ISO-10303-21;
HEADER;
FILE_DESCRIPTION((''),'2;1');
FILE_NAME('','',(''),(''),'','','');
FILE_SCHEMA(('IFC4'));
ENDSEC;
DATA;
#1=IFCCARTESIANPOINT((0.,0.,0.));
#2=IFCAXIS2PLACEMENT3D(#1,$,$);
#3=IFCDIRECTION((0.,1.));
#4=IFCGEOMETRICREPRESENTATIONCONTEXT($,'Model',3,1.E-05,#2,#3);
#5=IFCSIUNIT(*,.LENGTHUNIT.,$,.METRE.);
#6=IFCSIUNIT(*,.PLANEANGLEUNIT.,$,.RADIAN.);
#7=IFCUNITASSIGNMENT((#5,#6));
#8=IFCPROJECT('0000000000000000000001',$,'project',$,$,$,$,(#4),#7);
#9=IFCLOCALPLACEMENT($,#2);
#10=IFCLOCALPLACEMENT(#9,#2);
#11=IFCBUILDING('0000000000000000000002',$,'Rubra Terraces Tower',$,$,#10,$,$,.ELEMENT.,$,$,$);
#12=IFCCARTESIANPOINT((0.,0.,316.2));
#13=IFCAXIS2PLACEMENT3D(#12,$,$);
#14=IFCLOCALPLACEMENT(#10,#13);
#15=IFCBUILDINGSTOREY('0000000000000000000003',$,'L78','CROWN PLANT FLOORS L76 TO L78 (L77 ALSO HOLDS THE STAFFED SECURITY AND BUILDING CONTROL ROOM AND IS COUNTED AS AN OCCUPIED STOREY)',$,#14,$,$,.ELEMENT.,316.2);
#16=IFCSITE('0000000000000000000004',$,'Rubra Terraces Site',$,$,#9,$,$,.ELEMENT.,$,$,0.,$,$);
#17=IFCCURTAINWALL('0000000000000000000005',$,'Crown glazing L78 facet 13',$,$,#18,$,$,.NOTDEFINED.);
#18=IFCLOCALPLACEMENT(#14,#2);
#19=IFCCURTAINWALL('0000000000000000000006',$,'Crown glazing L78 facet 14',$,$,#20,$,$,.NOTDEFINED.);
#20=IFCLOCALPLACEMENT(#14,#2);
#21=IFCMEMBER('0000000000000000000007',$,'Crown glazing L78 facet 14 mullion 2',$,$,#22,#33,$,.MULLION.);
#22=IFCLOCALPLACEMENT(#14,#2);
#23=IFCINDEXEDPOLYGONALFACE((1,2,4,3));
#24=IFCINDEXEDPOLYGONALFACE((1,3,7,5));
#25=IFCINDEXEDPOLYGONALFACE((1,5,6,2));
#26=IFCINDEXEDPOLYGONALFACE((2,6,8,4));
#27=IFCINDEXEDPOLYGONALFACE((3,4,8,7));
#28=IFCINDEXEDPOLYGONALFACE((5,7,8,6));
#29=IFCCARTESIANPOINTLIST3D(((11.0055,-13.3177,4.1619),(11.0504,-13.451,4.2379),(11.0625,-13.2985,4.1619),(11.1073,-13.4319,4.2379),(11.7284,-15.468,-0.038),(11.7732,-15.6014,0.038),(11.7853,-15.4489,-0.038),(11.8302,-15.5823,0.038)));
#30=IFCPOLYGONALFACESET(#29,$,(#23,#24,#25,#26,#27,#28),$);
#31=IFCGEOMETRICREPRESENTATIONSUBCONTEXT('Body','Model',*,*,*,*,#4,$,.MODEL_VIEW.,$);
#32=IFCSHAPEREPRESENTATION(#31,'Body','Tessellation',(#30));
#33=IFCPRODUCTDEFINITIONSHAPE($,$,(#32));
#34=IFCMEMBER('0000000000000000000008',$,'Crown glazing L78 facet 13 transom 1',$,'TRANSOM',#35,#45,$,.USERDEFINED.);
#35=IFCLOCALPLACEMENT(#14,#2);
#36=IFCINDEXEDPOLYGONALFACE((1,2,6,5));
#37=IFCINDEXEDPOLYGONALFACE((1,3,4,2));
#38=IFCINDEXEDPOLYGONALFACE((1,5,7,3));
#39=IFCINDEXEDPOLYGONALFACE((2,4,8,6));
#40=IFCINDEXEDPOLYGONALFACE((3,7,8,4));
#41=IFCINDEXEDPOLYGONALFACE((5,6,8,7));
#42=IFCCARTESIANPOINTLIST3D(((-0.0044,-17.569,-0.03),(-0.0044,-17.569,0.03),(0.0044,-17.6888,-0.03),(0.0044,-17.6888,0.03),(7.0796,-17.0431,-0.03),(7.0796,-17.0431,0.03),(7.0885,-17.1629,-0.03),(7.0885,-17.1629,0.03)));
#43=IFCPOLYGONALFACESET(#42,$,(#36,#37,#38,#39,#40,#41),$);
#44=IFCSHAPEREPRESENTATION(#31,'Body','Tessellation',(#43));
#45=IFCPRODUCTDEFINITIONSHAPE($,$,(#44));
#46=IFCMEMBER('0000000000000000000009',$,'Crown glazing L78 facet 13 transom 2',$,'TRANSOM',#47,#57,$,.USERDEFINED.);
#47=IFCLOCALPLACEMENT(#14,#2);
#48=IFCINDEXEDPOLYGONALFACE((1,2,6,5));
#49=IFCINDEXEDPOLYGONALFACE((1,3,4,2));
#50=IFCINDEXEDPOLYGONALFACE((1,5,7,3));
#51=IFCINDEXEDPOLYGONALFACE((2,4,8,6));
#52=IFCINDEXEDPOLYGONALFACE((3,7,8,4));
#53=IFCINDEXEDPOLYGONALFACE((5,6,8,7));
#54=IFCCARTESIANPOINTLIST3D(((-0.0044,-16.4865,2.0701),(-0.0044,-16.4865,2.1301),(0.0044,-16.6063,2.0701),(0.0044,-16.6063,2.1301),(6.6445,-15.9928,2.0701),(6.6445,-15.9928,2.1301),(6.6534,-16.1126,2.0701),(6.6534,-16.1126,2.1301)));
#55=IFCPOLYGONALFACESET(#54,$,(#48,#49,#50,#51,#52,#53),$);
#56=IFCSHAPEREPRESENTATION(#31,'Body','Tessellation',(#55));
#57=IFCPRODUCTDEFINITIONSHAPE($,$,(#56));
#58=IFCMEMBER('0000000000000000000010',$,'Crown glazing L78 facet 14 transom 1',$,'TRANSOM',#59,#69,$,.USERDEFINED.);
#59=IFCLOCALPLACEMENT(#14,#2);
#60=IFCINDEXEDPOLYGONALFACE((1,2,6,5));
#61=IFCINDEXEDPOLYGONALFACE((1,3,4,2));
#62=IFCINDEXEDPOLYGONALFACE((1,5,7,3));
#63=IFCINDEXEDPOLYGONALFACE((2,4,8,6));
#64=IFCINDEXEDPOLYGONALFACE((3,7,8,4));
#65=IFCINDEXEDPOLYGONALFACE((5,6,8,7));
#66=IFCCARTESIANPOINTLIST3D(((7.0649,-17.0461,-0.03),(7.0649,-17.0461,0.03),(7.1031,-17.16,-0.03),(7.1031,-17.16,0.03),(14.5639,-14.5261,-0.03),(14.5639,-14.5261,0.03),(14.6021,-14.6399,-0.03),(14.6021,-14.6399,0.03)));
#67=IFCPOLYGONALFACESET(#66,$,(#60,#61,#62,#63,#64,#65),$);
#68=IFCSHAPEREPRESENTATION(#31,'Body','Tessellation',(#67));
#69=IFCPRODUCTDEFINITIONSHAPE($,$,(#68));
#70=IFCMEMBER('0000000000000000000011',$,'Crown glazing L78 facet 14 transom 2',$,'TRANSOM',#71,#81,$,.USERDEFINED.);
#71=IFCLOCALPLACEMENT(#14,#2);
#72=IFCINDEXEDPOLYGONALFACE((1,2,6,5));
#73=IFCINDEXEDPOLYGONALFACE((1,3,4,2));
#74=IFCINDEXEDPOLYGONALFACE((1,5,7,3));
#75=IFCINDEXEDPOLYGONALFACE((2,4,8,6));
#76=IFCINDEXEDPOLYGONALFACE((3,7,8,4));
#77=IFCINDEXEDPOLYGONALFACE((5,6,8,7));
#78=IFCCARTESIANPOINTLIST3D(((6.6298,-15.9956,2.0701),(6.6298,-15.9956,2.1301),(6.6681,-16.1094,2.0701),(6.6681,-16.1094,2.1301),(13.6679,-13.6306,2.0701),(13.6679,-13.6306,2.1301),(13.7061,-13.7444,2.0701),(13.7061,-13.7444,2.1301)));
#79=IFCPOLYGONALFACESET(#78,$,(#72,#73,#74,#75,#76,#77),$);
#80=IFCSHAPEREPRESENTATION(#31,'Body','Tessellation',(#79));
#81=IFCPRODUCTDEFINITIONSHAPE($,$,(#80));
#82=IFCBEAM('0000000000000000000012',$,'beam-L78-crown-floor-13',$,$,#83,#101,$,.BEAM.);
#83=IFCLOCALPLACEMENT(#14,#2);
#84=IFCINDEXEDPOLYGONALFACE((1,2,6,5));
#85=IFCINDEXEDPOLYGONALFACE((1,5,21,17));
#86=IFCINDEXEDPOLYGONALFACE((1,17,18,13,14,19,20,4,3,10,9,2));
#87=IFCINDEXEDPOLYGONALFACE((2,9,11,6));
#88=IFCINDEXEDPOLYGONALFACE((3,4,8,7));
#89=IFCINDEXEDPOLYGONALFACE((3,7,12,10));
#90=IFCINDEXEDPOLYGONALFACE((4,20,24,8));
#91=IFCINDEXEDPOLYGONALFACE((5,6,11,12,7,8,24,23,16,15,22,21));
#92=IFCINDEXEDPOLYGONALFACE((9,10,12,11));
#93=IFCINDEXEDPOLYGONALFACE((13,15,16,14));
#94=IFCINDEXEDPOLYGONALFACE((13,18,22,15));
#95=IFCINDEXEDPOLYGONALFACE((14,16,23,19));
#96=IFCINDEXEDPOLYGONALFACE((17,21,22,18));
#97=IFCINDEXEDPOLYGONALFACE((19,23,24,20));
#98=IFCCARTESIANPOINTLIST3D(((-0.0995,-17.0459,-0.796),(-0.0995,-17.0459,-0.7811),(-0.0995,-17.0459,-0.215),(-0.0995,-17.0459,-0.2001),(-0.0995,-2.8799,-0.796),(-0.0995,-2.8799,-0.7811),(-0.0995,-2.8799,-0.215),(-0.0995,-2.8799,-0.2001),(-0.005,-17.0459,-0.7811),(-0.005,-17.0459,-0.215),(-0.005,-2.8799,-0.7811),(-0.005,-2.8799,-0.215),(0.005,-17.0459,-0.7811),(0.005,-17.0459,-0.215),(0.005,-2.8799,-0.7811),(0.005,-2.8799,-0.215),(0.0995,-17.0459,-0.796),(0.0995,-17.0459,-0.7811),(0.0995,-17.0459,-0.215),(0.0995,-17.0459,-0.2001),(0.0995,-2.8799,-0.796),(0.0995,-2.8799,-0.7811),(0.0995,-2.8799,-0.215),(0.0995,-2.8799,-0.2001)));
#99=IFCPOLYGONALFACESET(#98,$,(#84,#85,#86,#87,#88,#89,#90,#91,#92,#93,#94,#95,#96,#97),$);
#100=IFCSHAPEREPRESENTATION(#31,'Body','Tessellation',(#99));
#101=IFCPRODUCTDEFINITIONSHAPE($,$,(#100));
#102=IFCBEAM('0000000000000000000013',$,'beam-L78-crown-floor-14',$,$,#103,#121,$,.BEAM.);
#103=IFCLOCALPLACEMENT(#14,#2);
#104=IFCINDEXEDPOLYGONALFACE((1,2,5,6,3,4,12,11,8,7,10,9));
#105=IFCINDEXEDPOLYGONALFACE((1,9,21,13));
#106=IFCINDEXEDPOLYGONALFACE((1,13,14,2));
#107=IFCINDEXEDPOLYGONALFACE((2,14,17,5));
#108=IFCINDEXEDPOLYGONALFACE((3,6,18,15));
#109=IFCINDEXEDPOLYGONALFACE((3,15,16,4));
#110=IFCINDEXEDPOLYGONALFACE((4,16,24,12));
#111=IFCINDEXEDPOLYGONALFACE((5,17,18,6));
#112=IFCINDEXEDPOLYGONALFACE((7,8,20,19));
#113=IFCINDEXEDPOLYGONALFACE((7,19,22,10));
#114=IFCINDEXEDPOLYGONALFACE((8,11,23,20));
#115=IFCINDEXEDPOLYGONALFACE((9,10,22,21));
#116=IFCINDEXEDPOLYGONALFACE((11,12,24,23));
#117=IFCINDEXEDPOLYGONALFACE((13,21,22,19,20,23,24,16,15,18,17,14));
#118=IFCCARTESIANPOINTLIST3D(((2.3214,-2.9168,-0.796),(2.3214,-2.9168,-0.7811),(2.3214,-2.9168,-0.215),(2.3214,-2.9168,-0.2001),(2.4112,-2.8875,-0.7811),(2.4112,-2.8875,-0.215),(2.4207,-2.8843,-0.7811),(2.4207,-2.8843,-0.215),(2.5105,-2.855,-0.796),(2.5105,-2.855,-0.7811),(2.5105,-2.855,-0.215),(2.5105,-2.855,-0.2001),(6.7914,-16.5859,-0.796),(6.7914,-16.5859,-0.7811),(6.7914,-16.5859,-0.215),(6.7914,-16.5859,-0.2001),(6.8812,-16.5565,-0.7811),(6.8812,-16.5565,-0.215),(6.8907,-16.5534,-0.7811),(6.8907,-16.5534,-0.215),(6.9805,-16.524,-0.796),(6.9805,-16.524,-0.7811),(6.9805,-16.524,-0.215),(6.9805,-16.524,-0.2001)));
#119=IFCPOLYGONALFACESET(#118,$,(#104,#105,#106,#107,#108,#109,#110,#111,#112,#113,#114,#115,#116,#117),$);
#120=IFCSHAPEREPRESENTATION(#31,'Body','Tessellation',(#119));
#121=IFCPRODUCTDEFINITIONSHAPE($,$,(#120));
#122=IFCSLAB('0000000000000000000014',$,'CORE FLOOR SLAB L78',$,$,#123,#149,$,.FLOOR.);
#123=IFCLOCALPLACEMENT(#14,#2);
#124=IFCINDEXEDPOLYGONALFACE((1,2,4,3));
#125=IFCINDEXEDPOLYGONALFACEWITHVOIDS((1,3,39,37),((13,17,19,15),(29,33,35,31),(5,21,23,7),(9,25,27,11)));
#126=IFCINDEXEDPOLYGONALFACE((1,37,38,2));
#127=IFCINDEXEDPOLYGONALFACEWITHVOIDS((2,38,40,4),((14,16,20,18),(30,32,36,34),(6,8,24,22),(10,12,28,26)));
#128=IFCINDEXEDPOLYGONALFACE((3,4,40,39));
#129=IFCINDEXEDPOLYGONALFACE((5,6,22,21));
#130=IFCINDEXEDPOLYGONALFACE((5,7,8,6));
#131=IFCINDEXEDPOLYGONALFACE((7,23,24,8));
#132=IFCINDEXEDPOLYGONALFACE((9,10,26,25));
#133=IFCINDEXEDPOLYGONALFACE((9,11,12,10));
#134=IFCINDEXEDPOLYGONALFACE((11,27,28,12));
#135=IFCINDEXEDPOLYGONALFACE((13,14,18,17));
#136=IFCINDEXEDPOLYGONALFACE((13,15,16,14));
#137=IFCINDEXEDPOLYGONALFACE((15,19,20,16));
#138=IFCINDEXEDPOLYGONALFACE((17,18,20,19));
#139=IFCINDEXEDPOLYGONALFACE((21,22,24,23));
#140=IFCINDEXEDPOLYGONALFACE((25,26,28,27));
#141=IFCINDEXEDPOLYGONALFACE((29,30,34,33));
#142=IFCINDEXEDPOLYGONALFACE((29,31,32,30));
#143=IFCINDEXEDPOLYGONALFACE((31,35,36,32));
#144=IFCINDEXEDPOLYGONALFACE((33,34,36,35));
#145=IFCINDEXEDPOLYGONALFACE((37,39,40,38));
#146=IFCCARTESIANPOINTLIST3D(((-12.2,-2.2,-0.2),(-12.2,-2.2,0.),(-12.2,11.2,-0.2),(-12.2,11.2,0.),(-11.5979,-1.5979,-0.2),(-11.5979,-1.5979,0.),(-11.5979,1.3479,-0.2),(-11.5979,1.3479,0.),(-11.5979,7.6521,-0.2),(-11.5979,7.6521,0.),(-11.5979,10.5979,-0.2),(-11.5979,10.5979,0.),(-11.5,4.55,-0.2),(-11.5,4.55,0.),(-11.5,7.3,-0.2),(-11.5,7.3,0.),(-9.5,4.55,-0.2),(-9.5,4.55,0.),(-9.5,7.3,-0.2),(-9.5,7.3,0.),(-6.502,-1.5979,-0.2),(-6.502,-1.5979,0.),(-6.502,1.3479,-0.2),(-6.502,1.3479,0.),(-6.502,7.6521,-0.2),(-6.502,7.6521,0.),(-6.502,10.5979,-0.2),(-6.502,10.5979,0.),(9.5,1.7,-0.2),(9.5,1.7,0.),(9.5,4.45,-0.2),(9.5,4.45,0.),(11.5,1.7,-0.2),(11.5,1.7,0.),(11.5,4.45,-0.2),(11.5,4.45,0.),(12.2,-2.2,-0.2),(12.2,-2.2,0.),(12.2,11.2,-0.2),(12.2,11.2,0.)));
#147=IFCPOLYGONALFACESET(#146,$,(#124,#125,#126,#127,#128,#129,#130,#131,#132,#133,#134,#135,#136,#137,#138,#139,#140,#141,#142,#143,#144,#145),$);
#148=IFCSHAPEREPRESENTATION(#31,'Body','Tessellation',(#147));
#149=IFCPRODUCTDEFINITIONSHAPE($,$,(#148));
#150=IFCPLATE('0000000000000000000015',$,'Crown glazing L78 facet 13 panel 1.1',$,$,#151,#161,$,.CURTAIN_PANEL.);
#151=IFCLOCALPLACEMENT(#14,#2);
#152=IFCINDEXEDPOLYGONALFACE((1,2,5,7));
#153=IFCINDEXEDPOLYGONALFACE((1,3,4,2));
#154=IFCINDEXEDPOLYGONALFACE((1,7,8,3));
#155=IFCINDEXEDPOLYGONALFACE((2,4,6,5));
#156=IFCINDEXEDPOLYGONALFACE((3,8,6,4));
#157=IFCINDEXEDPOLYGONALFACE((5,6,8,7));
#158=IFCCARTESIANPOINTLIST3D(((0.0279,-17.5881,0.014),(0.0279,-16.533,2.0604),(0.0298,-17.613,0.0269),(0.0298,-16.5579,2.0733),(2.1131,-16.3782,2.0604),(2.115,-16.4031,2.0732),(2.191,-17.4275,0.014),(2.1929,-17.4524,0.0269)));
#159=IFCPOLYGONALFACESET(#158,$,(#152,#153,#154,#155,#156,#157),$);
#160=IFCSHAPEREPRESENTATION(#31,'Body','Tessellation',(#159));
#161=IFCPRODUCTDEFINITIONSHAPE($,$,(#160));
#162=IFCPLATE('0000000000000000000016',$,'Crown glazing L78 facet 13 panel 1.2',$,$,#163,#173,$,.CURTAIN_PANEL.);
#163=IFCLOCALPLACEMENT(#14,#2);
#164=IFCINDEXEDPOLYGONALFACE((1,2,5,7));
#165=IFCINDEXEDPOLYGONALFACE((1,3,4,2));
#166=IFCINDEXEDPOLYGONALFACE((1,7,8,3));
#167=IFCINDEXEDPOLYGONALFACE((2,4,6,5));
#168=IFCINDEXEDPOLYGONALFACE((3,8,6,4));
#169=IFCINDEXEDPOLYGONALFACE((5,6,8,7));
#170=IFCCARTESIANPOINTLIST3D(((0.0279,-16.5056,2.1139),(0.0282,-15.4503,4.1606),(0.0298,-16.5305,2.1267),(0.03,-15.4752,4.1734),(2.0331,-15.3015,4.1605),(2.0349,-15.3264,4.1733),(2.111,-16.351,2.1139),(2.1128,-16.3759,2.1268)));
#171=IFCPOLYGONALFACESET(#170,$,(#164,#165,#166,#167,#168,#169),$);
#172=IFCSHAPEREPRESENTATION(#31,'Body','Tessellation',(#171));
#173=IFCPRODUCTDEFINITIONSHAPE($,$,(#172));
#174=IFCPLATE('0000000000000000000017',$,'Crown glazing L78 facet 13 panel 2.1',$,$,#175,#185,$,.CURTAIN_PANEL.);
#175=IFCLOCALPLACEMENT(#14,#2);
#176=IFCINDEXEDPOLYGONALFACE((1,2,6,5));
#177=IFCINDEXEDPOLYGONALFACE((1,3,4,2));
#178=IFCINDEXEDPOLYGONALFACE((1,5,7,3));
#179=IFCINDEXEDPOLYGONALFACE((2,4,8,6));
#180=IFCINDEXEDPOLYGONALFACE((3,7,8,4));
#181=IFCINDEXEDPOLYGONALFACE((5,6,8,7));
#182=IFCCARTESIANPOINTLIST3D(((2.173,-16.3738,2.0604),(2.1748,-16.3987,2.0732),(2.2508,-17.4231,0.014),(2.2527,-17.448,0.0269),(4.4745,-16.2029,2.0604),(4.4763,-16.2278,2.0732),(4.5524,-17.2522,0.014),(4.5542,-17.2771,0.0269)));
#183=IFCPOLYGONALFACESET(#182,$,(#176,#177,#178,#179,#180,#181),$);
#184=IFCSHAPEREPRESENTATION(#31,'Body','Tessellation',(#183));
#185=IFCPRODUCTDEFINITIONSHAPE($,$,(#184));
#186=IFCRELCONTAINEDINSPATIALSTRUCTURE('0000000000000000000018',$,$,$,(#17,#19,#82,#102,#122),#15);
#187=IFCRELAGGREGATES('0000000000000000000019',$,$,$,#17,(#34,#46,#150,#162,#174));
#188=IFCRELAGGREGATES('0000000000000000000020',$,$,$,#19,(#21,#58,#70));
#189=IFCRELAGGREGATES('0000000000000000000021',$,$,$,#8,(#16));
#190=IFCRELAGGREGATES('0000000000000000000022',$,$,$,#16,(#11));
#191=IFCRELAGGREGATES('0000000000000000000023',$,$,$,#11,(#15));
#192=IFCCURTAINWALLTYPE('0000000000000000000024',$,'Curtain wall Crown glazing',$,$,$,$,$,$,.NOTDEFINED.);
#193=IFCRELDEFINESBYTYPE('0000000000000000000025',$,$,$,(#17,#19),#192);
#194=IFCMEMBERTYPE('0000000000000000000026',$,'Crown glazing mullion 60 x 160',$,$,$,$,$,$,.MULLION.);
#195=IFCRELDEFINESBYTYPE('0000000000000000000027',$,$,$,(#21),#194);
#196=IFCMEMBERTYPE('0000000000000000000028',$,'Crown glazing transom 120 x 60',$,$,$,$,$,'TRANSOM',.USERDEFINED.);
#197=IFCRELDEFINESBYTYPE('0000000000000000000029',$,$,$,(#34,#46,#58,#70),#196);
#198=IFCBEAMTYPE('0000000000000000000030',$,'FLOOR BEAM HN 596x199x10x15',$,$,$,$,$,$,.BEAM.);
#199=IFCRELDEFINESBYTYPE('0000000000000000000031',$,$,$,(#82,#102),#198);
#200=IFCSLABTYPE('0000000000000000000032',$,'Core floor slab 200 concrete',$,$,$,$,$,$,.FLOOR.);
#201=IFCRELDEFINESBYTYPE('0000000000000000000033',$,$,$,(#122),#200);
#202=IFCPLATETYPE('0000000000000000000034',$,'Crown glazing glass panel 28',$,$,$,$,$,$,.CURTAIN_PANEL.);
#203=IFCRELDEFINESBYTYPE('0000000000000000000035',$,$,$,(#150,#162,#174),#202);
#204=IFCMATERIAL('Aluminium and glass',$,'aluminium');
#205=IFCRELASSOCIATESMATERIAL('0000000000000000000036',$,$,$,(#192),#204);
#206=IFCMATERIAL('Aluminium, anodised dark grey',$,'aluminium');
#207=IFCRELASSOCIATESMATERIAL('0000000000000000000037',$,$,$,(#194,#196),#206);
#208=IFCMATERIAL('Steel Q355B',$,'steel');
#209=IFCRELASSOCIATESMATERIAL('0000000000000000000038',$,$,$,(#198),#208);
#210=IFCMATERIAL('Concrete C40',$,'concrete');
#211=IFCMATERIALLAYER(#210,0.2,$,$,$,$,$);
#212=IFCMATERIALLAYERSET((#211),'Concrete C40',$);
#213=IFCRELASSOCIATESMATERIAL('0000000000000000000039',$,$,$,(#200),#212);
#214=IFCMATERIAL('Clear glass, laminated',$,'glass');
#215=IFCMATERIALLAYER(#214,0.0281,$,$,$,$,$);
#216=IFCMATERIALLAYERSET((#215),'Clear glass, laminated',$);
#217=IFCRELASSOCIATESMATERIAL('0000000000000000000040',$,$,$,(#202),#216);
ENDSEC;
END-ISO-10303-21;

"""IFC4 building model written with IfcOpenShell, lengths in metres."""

from ifc_helpers import new_model, si_unit, direction, frame, origin, origin_2d, place, context, subcontext, project, spatial, polyline, rectangle, i_section, outline, extrude, material, layer, layer_set, material_profile, profile_set, type_object, element, aggregate, save


model = new_model("IFC4")

# Units and contexts
model_context = context("Model", 3, precision=1e-05, world=origin(), true_north=direction((0.0, 1.0)))
body_context = subcontext(model_context, "Body", "Model", "MODEL_VIEW")
ifc_project = project(units=[si_unit("LENGTHUNIT", "METRE"), si_unit("PLANEANGLEUNIT", "RADIAN")], contexts=[model_context])

# Site, building, storey
site_placement = place(None, origin())
site = spatial("IfcSite", under=ifc_project, at=site_placement, Name="Rubra Terraces Site", CompositionType="ELEMENT", RefElevation=0.0)
building_placement = place(site_placement, origin())
building = spatial("IfcBuilding", under=site, at=building_placement, Name="Rubra Terraces Tower", CompositionType="ELEMENT")
storey_placement = place(building_placement, frame((0.0, 0.0, 316.2)))
storey = spatial("IfcBuildingStorey", under=building, at=storey_placement, Name="L78", Description="CROWN PLANT FLOORS L76 TO L78 (L77 ALSO HOLDS THE STAFFED SECURITY AND BUILDING CONTROL ROOM AND IS COUNTED AS AN OCCUPIED STOREY)", CompositionType="ELEMENT", Elevation=316.2)

# Shared definitions
ifc_material_1 = material(Name="Steel Q355B", Category="steel")

# Curtain walls, member
ifc_material_2 = material(Name="Aluminium and glass", Category="aluminium")
curtain_wall_type = type_object("IfcCurtainWallType", Name="Curtain wall Crown glazing", PredefinedType="NOTDEFINED", material=ifc_material_2)
curtain_wall_1_placement = place(storey_placement, origin())
curtain_wall_1 = element("IfcCurtainWall", 1, at=curtain_wall_1_placement, inside=storey, type_object=curtain_wall_type, Name="Crown glazing L78 facet 13", PredefinedType="NOTDEFINED")
ifc_material_3 = material(Name="Aluminium, anodised dark grey", Category="aluminium")
ifc_material_profile_1 = material_profile(ifc_material_3, rectangle(XDim=0.0601, YDim=0.1599, at=origin_2d()), Name="AL 60x160")
ifc_profile_set_1 = profile_set([ifc_material_profile_1], Name="Aluminium, anodised dark grey")
member_type_1 = type_object("IfcMemberType", Name="Crown glazing mullion 60 x 160", PredefinedType="MULLION", material=ifc_profile_set_1)
curtain_wall_2_placement = place(storey_placement, origin())
curtain_wall_2 = element("IfcCurtainWall", 2, at=curtain_wall_2_placement, inside=storey, type_object=curtain_wall_type, Name="Crown glazing L78 facet 14", PredefinedType="NOTDEFINED")
member_1_placement = place(storey_placement, frame((11.7793, -15.5251, 0.0), z_axis=(-0.15144, 0.450485, 0.879846), x_axis=(-0.947873, -0.318648, 0.0)))
member_1 = element("IfcMember", 3, at=member_1_placement, type_object=member_type_1, Name="Crown glazing L78 facet 14 mullion 2", PredefinedType="MULLION", context=body_context, shape_type="SweptSolid", body=[
    extrude(rectangle(XDim=0.0601, YDim=0.1599, at=origin_2d()), origin(), (0.0, 0.0, 1.0), 4.7734),
])

# Members
ifc_material_profile_2 = material_profile(ifc_material_3, rectangle(XDim=0.1201, YDim=0.0601, at=origin_2d()), Name="AL 120x60")
ifc_profile_set_2 = profile_set([ifc_material_profile_2], Name="Aluminium, anodised dark grey")
member_type_2 = type_object("IfcMemberType", Name="Crown glazing transom 120 x 60", ElementType="TRANSOM", PredefinedType="USERDEFINED", material=ifc_profile_set_2)
member_2_placement = place(storey_placement, frame((0.0, -17.6289, 0.0), z_axis=(0.997256, 0.074031, 0.0), x_axis=(-0.074031, 0.997256, 0.0)))
member_2 = element("IfcMember", 4, at=member_2_placement, type_object=member_type_2, Name="Crown glazing L78 facet 13 transom 1", ObjectType="TRANSOM", PredefinedType="USERDEFINED", context=body_context, shape_type="SweptSolid", body=[
    extrude(rectangle(XDim=0.1201, YDim=0.0601, at=origin_2d()), origin(), (0.0, 0.0, 1.0), 7.1035),
])
member_3_placement = place(storey_placement, frame((0.0, -16.5464, 2.1001), z_axis=(0.997255, 0.074042, 0.0), x_axis=(-0.074042, 0.997255, 0.0)))
member_3 = element("IfcMember", 5, at=member_3_placement, type_object=member_type_2, Name="Crown glazing L78 facet 13 transom 2", ObjectType="TRANSOM", PredefinedType="USERDEFINED", context=body_context, shape_type="SweptSolid", body=[
    extrude(rectangle(XDim=0.1201, YDim=0.0601, at=origin_2d()), origin(), (0.0, 0.0, 1.0), 6.6672),
])
member_4_placement = place(storey_placement, frame((7.084, -17.103, 0.0), z_axis=(0.947909, 0.318541, 0.0), x_axis=(-0.318541, 0.947909, 0.0)))
member_4 = element("IfcMember", 6, at=member_4_placement, type_object=member_type_2, Name="Crown glazing L78 facet 14 transom 1", ObjectType="TRANSOM", PredefinedType="USERDEFINED", context=body_context, shape_type="SweptSolid", body=[
    extrude(rectangle(XDim=0.1201, YDim=0.0601, at=origin_2d()), origin(), (0.0, 0.0, 1.0), 7.9111),
])
member_5_placement = place(storey_placement, frame((6.6489, -16.0525, 2.1001), z_axis=(0.947914, 0.318525, 0.0), x_axis=(-0.318525, 0.947914, 0.0)))
member_5 = element("IfcMember", 7, at=member_5_placement, type_object=member_type_2, Name="Crown glazing L78 facet 14 transom 2", ObjectType="TRANSOM", PredefinedType="USERDEFINED", context=body_context, shape_type="SweptSolid", body=[
    extrude(rectangle(XDim=0.1201, YDim=0.0601, at=origin_2d()), origin(), (0.0, 0.0, 1.0), 7.4248),
])

# Beams
ifc_material_profile_3 = material_profile(ifc_material_1, i_section(OverallWidth=0.199, OverallDepth=0.5959, WebThickness=0.01, FlangeThickness=0.0149, at=origin_2d()), Name="HN 596x199x10x15")
ifc_profile_set_3 = profile_set([ifc_material_profile_3], Name="Steel Q355B")
beam_type_1 = type_object("IfcBeamType", Name="FLOOR BEAM HN 596x199x10x15", PredefinedType="BEAM", material=ifc_profile_set_3)
beam_1_placement = place(storey_placement, frame((0.0, -17.0459, -0.498), z_axis=(0.0, 1.0, 0.0), x_axis=(-1.0, 0.0, 0.0)))
element("IfcBeam", 8, at=beam_1_placement, inside=storey, type_object=beam_type_1, Name="beam-L78-crown-floor-13", PredefinedType="BEAM", context=body_context, shape_type="SweptSolid", body=[
    extrude(i_section(OverallWidth=0.199, OverallDepth=0.5959, WebThickness=0.01, FlangeThickness=0.0149, at=origin_2d()), origin(), (0.0, 0.0, 1.0), 14.166),
])
beam_2_placement = place(storey_placement, frame((6.886, -16.5549, -0.498), z_axis=(-0.310819, 0.950469, 0.0), x_axis=(-0.950469, -0.310819, 0.0)))
element("IfcBeam", 9, at=beam_2_placement, inside=storey, type_object=beam_type_1, Name="beam-L78-crown-floor-14", PredefinedType="BEAM", context=body_context, shape_type="SweptSolid", body=[
    extrude(i_section(OverallWidth=0.199, OverallDepth=0.5959, WebThickness=0.01, FlangeThickness=0.0149, at=origin_2d()), origin(), (0.0, 0.0, 1.0), 14.3813),
])

# Slab
ifc_material_4 = material(Name="Concrete C40", Category="concrete")
ifc_layer_1 = layer(ifc_material_4, 0.2)
ifc_layer_set_1 = layer_set([ifc_layer_1], Name="Concrete C40")
slab_type_1 = type_object("IfcSlabType", Name="Core floor slab 200 concrete", PredefinedType="FLOOR", material=ifc_layer_set_1)
slab_1_placement = place(storey_placement, frame((0.0, 0.0, -0.2)))
element("IfcSlab", 10, at=slab_1_placement, inside=storey, type_object=slab_type_1, Name="CORE FLOOR SLAB L78", PredefinedType="FLOOR", context=body_context, shape_type="SweptSolid", body=[
    extrude(outline(polyline([(-12.2, -2.2), (-12.2, 11.2), (12.2, 11.2), (12.2, -2.2), (-12.2, -2.2)]), holes=[polyline([(11.5, 4.45), (9.5, 4.45), (9.5, 1.7), (11.5, 1.7), (11.5, 4.45)]), polyline([(-6.502, -1.5979), (-6.502, 1.3479), (-11.5979, 1.3479), (-11.5979, -1.5979), (-6.502, -1.5979)]), polyline([(-6.502, 7.6521), (-6.502, 10.5979), (-11.5979, 10.5979), (-11.5979, 7.6521), (-6.502, 7.6521)]), polyline([(-11.5, 7.3), (-11.5, 4.55), (-9.5, 4.55), (-9.5, 7.3), (-11.5, 7.3)])]), origin(), (0.0, 0.0, 1.0), 0.2),
])

# Plates
ifc_material_5 = material(Name="Clear glass, laminated", Category="glass")
ifc_layer_2 = layer(ifc_material_5, 0.0281)
ifc_layer_set_2 = layer_set([ifc_layer_2], Name="Clear glass, laminated")
plate_type = type_object("IfcPlateType", Name="Crown glazing glass panel 28", PredefinedType="CURTAIN_PANEL", material=ifc_layer_set_2)
plate_1_placement = place(storey_placement, frame((0.0298, -17.613, 0.0269), z_axis=(0.06585, -0.88688, 0.457284), x_axis=(0.997255, 0.074048, 0.000007)))
plate_1 = element("IfcPlate", 11, at=plate_1_placement, type_object=plate_type, Name="Crown glazing L78 facet 13 panel 1.1", PredefinedType="CURTAIN_PANEL", context=body_context, shape_type="SweptSolid", body=[
    extrude(outline(polyline([(0.0, 0.0), (2.169, 0.0), (2.1691, 2.301), (0.0781, 2.3011), (0.0, 0.0)])), origin(), (0.0, 0.0, -1.0), 0.0281),
])
plate_2_placement = place(storey_placement, frame((0.0298, -16.5305, 2.1267), z_axis=(0.065838, -0.886883, 0.45728), x_axis=(0.997255, 0.074047, 0.000029)))
plate_2 = element("IfcPlate", 12, at=plate_2_placement, type_object=plate_type, Name="Crown glazing L78 facet 13 panel 1.2", PredefinedType="CURTAIN_PANEL", context=body_context, shape_type="SweptSolid", body=[
    extrude(outline(polyline([(0.0, 0.0), (2.0888, 0.0), (2.0888, 2.3013), (0.0785, 2.3014), (0.0, 0.0)])), origin(), (0.0, 0.0, -1.0), 0.0281),
])
plate_3_placement = place(storey_placement, frame((2.2527, -17.448, 0.0269), z_axis=(0.065856, -0.886886, 0.457271), x_axis=(0.997254, 0.074051, 0.0)))
plate_3 = element("IfcPlate", 13, at=plate_3_placement, type_object=plate_type, Name="Crown glazing L78 facet 13 panel 2.1", PredefinedType="CURTAIN_PANEL", context=body_context, shape_type="SweptSolid", body=[
    extrude(outline(polyline([(0.0, 0.0), (2.3078, 0.0), (2.3079, 2.301), (0.0, 2.301), (0.0, 0.0)])), origin(), (0.0, 0.0, -1.0), 0.0281),
])
aggregate(curtain_wall_1, [member_2, member_3, plate_1, plate_2, plate_3])
aggregate(curtain_wall_2, [member_1, member_4, member_5])

save(model, "model.ifc")
